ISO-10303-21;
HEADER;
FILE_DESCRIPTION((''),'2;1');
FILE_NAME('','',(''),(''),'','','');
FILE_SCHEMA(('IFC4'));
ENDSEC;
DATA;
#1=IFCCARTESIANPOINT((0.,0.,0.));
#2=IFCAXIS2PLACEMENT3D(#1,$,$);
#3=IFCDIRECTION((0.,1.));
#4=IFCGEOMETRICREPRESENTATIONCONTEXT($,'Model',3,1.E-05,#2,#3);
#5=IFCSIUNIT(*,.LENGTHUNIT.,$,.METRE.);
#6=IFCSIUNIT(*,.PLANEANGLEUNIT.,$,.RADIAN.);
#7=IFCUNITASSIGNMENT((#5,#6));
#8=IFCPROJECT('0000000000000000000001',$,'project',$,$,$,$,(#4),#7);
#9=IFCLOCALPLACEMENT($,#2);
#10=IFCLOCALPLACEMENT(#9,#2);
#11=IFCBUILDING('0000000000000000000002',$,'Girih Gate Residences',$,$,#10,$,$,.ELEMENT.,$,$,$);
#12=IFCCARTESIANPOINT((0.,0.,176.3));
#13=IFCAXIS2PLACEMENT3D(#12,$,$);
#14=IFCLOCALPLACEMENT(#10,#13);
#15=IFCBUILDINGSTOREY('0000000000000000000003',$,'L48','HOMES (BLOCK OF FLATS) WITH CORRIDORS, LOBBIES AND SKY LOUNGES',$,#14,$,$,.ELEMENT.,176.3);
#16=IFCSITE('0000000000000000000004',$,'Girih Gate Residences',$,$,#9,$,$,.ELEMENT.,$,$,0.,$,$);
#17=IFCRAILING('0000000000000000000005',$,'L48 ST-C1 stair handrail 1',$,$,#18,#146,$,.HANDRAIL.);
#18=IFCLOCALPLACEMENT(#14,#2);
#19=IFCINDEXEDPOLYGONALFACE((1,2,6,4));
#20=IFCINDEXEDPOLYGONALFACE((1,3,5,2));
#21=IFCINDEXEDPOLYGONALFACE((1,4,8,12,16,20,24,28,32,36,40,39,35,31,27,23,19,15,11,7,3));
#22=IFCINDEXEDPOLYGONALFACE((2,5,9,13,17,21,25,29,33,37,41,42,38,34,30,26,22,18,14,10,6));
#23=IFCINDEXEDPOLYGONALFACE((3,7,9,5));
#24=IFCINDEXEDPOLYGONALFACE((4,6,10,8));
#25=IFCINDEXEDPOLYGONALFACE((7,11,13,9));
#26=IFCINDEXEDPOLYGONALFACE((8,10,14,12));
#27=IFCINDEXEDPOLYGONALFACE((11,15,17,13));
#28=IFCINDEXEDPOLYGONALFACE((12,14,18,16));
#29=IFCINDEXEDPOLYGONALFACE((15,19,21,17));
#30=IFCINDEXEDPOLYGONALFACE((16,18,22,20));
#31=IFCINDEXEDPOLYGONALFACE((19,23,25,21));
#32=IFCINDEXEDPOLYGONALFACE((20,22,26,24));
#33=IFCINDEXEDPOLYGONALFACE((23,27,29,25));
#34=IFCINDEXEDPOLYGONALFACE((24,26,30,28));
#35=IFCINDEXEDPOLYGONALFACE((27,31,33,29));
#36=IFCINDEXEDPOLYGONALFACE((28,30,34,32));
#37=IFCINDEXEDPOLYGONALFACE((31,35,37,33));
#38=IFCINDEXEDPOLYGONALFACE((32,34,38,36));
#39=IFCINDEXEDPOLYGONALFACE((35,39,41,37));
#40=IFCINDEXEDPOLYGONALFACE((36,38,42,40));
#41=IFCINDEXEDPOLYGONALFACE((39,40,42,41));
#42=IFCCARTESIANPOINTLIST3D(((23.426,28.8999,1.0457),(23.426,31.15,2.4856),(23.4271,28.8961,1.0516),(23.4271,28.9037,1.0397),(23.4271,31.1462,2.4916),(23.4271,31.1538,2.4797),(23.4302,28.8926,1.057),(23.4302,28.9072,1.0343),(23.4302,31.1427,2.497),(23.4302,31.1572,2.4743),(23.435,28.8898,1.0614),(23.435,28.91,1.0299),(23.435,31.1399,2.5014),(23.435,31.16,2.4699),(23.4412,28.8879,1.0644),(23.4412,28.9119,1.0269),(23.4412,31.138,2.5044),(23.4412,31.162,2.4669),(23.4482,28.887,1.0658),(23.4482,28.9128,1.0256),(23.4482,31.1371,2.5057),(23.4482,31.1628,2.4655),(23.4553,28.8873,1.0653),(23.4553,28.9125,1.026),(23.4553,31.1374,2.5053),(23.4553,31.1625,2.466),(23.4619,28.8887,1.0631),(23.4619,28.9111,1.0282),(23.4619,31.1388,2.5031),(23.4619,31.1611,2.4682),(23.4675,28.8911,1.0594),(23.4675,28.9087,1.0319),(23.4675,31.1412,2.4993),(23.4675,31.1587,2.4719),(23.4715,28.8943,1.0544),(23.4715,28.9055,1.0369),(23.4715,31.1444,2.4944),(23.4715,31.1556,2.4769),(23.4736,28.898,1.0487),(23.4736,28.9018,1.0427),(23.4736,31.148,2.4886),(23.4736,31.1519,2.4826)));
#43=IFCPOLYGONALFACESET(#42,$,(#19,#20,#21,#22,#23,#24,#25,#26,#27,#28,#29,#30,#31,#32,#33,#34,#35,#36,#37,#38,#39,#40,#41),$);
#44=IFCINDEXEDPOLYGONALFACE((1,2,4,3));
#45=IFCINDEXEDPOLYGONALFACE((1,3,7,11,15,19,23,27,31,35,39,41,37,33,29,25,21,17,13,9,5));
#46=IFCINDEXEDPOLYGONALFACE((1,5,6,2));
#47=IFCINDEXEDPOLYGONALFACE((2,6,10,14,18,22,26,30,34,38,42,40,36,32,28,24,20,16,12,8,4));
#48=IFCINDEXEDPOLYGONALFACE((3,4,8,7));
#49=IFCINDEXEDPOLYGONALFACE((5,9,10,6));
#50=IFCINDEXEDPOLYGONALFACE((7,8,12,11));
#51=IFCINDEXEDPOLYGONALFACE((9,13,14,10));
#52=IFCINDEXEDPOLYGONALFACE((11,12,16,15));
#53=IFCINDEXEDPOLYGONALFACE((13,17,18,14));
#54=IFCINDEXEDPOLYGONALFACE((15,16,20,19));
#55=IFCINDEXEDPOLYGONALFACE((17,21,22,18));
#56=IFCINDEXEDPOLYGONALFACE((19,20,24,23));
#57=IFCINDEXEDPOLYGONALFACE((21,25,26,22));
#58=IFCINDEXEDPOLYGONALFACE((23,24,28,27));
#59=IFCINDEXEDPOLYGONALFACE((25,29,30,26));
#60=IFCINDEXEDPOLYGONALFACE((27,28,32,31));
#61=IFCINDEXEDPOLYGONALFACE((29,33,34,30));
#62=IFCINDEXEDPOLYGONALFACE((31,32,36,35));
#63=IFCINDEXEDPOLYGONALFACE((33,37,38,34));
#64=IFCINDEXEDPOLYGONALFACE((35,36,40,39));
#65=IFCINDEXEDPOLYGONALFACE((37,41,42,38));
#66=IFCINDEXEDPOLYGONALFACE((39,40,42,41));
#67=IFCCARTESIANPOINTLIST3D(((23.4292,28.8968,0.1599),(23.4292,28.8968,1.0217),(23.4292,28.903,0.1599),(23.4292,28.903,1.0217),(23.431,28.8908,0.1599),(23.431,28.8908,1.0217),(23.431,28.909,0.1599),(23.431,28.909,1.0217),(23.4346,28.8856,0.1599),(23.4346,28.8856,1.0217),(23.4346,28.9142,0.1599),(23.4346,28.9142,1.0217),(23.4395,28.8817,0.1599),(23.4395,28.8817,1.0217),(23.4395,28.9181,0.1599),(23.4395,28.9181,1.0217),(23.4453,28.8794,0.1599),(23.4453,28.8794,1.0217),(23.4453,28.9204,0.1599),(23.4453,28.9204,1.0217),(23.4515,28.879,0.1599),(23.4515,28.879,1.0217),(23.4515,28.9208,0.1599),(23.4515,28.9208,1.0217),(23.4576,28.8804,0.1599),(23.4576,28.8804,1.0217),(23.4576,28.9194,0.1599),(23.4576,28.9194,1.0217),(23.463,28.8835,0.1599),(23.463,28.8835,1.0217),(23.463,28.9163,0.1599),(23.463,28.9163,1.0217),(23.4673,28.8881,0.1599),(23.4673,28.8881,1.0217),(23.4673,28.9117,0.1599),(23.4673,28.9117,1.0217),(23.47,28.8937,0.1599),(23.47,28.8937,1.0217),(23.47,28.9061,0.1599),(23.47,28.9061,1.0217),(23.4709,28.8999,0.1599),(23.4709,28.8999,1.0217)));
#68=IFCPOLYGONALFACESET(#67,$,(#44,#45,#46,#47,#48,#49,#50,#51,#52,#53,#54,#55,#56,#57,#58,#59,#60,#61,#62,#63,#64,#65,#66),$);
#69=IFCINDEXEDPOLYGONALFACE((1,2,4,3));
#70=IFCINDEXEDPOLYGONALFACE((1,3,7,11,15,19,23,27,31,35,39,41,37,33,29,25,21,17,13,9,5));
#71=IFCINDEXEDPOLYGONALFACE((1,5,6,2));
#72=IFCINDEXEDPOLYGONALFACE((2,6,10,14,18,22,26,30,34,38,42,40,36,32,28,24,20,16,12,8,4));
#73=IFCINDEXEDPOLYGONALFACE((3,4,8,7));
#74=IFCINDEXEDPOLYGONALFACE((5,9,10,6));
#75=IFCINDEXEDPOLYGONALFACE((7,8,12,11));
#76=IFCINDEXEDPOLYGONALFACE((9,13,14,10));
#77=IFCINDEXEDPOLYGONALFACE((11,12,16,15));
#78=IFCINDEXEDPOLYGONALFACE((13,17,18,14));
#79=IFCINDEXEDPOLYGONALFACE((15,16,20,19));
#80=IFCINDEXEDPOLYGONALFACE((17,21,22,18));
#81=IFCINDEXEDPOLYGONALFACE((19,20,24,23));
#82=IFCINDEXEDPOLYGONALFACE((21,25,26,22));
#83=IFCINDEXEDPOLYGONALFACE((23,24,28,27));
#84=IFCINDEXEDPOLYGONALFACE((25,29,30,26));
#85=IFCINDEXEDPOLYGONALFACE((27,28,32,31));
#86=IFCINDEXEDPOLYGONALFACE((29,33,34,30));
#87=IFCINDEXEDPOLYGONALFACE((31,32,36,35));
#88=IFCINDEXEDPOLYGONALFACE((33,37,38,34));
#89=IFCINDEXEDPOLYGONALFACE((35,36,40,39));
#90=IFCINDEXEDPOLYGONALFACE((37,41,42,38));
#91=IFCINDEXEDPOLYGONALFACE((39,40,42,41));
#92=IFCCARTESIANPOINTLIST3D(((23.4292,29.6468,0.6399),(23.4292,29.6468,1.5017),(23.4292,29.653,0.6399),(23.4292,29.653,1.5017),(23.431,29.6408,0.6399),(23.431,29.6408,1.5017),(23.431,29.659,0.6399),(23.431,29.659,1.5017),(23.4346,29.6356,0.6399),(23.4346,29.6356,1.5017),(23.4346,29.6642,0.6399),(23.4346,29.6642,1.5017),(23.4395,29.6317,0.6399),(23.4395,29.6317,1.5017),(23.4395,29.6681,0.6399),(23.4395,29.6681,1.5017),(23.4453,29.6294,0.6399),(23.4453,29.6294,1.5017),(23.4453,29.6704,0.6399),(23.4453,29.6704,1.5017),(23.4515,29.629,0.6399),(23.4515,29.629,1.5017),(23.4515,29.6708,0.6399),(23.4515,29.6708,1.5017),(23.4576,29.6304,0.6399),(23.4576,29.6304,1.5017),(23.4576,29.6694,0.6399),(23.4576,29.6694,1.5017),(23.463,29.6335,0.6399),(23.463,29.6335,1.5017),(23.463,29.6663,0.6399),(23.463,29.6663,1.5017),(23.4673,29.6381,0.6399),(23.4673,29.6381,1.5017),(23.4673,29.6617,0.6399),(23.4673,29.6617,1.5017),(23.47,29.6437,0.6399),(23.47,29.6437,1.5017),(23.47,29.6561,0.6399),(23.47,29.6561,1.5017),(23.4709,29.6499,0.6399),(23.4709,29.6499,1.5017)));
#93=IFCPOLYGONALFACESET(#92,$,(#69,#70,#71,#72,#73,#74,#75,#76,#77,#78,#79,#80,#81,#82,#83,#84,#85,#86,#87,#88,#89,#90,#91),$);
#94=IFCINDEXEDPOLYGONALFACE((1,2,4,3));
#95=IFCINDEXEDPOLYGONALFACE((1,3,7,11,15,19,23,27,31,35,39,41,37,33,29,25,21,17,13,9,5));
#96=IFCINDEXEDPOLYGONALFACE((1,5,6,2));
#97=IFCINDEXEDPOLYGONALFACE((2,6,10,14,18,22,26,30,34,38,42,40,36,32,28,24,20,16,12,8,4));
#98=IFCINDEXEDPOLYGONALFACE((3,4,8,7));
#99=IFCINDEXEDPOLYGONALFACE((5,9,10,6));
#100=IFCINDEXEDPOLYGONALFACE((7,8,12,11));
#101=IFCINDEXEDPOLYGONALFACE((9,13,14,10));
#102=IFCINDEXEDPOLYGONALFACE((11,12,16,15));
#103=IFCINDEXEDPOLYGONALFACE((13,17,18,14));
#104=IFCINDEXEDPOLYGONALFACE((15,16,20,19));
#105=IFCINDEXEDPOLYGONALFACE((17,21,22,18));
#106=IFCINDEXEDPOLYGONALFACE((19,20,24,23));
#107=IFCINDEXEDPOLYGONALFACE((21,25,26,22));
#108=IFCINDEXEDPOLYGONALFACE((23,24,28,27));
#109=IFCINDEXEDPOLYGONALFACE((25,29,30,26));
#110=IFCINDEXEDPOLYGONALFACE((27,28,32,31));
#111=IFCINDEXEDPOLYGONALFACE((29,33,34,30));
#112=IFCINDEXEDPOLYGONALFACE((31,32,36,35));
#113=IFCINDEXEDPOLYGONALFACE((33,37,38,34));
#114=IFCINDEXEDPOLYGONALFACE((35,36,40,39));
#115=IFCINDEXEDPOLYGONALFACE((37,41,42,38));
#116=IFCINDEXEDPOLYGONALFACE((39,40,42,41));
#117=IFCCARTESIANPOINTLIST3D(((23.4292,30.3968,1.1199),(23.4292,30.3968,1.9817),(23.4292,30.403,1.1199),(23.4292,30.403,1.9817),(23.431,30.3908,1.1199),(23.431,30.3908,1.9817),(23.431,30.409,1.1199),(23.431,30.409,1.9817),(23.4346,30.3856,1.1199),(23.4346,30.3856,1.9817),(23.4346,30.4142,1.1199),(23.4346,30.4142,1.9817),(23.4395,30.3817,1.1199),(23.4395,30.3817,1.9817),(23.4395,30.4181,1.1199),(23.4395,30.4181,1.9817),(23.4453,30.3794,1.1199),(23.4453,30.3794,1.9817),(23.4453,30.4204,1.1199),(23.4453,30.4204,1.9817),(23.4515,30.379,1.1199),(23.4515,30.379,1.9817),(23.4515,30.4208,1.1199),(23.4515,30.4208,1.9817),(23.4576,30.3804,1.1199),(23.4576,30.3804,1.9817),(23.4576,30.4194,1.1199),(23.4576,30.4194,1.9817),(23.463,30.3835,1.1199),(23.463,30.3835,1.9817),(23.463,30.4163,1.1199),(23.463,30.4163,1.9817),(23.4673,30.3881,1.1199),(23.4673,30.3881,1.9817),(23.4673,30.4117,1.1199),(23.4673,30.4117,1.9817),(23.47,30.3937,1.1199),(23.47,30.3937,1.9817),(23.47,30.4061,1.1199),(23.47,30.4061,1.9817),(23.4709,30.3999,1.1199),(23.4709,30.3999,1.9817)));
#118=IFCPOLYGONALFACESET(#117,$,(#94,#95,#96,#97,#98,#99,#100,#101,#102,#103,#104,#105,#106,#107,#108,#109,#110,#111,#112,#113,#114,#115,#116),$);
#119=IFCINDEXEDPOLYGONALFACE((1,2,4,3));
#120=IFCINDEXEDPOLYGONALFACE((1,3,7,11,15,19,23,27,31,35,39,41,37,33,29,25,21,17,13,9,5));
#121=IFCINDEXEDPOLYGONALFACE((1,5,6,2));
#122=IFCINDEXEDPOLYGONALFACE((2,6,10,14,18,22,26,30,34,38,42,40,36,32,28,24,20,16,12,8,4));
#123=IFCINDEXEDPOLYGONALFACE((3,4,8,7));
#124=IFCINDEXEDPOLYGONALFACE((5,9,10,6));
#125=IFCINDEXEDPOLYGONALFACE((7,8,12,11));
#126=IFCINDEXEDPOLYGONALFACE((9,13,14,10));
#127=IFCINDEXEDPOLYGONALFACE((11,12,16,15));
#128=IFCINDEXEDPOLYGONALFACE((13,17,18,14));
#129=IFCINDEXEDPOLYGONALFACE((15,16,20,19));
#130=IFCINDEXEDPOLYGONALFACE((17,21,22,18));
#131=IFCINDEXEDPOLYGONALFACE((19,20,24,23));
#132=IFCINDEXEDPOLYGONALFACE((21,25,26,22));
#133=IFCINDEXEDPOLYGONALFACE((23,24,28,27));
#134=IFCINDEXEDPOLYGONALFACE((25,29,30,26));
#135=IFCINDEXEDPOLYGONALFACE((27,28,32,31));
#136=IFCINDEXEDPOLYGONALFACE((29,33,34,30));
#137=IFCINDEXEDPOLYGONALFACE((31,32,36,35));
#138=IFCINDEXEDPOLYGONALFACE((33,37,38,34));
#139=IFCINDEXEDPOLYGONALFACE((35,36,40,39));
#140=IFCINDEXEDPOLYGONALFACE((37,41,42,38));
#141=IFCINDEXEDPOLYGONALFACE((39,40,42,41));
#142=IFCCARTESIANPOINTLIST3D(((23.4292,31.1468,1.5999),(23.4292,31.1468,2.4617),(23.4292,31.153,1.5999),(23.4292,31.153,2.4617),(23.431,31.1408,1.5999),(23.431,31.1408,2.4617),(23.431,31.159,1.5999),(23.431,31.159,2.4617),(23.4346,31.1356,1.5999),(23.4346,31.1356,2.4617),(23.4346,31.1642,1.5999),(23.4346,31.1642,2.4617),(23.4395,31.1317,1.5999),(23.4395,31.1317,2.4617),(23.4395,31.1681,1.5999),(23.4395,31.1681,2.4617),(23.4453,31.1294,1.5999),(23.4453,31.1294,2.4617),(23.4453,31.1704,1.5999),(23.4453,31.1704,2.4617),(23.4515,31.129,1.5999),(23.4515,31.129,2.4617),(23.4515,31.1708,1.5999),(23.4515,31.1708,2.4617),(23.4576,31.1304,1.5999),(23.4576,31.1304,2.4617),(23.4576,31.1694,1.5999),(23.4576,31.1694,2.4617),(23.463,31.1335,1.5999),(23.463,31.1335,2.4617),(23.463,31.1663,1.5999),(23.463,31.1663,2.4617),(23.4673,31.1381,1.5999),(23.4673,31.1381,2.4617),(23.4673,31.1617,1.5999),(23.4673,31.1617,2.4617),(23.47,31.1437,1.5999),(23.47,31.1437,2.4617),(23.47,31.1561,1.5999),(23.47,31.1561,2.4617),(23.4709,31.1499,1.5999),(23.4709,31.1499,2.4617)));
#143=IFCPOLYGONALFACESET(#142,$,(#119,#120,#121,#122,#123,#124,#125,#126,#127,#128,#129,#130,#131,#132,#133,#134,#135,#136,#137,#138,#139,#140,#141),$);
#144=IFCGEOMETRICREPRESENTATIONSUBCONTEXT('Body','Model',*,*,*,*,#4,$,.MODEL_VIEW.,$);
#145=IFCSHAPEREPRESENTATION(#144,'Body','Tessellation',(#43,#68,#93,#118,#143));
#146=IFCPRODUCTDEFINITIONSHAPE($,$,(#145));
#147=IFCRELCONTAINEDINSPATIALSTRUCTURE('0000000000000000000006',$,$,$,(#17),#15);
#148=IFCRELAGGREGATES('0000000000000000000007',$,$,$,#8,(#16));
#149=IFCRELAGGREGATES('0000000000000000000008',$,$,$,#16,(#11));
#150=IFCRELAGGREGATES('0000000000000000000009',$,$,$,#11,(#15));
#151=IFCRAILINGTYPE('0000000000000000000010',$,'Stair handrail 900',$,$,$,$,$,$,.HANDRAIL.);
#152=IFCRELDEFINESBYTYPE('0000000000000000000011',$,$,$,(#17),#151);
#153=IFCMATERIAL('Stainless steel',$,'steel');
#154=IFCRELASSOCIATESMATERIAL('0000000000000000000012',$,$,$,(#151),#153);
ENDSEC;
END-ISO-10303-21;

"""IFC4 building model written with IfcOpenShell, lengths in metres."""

from ifc_helpers import new_model, si_unit, direction, frame, origin, origin_2d, place, context, subcontext, project, spatial, circle, extrude, material, type_object, element, save


model = new_model("IFC4")

# Units and contexts
model_context = context("Model", 3, precision=1e-05, world=origin(), true_north=direction((0.0, 1.0)))
body_context = subcontext(model_context, "Body", "Model", "MODEL_VIEW")
ifc_project = project(units=[si_unit("LENGTHUNIT", "METRE"), si_unit("PLANEANGLEUNIT", "RADIAN")], contexts=[model_context])

# Site, building, storey
site_placement = place(None, origin())
site = spatial("IfcSite", under=ifc_project, at=site_placement, Name="Girih Gate Residences", CompositionType="ELEMENT", RefElevation=0.0)
building_placement = place(site_placement, origin())
building = spatial("IfcBuilding", under=site, at=building_placement, Name="Girih Gate Residences", CompositionType="ELEMENT")
storey_placement = place(building_placement, frame((0.0, 0.0, 176.3)))
storey = spatial("IfcBuildingStorey", under=building, at=storey_placement, Name="L48", Description="HOMES (BLOCK OF FLATS) WITH CORRIDORS, LOBBIES AND SKY LOUNGES", CompositionType="ELEMENT", Elevation=176.3)

# Railing
ifc_material_1 = material(Name="Stainless steel", Category="steel")
railing_type_1 = type_object("IfcRailingType", Name="Stair handrail 900", PredefinedType="HANDRAIL", material=ifc_material_1)
railing_1_placement = place(storey_placement, frame((23.45, 28.8999, 0.1599)))
element("IfcRailing", 1, at=railing_1_placement, inside=storey, type_object=railing_type_1, Name="L48 ST-C1 stair handrail 1", PredefinedType="HANDRAIL", context=body_context, shape_type="SweptSolid", body=[
    extrude(circle(Radius=0.0239, at=origin_2d()), frame((0.0, 0.0, 0.8857), z_axis=(0.0, 0.842281, 0.539038), x_axis=(-1.0, 0.0, 0.0)), (0.0, 0.0, 1.0), 2.6714),
    extrude(circle(Radius=0.021, at=origin_2d()), origin(), (0.0, 0.0, 1.0), 0.8618),
    extrude(circle(Radius=0.021, at=origin_2d()), frame((0.0, 0.75, 0.48)), (0.0, 0.0, 1.0), 0.8618),
    extrude(circle(Radius=0.021, at=origin_2d()), frame((0.0, 1.5, 0.96)), (0.0, 0.0, 1.0), 0.8618),
    extrude(circle(Radius=0.021, at=origin_2d()), frame((0.0, 2.25, 1.4399)), (0.0, 0.0, 1.0), 0.8618),
])

save(model, "model.ifc")
